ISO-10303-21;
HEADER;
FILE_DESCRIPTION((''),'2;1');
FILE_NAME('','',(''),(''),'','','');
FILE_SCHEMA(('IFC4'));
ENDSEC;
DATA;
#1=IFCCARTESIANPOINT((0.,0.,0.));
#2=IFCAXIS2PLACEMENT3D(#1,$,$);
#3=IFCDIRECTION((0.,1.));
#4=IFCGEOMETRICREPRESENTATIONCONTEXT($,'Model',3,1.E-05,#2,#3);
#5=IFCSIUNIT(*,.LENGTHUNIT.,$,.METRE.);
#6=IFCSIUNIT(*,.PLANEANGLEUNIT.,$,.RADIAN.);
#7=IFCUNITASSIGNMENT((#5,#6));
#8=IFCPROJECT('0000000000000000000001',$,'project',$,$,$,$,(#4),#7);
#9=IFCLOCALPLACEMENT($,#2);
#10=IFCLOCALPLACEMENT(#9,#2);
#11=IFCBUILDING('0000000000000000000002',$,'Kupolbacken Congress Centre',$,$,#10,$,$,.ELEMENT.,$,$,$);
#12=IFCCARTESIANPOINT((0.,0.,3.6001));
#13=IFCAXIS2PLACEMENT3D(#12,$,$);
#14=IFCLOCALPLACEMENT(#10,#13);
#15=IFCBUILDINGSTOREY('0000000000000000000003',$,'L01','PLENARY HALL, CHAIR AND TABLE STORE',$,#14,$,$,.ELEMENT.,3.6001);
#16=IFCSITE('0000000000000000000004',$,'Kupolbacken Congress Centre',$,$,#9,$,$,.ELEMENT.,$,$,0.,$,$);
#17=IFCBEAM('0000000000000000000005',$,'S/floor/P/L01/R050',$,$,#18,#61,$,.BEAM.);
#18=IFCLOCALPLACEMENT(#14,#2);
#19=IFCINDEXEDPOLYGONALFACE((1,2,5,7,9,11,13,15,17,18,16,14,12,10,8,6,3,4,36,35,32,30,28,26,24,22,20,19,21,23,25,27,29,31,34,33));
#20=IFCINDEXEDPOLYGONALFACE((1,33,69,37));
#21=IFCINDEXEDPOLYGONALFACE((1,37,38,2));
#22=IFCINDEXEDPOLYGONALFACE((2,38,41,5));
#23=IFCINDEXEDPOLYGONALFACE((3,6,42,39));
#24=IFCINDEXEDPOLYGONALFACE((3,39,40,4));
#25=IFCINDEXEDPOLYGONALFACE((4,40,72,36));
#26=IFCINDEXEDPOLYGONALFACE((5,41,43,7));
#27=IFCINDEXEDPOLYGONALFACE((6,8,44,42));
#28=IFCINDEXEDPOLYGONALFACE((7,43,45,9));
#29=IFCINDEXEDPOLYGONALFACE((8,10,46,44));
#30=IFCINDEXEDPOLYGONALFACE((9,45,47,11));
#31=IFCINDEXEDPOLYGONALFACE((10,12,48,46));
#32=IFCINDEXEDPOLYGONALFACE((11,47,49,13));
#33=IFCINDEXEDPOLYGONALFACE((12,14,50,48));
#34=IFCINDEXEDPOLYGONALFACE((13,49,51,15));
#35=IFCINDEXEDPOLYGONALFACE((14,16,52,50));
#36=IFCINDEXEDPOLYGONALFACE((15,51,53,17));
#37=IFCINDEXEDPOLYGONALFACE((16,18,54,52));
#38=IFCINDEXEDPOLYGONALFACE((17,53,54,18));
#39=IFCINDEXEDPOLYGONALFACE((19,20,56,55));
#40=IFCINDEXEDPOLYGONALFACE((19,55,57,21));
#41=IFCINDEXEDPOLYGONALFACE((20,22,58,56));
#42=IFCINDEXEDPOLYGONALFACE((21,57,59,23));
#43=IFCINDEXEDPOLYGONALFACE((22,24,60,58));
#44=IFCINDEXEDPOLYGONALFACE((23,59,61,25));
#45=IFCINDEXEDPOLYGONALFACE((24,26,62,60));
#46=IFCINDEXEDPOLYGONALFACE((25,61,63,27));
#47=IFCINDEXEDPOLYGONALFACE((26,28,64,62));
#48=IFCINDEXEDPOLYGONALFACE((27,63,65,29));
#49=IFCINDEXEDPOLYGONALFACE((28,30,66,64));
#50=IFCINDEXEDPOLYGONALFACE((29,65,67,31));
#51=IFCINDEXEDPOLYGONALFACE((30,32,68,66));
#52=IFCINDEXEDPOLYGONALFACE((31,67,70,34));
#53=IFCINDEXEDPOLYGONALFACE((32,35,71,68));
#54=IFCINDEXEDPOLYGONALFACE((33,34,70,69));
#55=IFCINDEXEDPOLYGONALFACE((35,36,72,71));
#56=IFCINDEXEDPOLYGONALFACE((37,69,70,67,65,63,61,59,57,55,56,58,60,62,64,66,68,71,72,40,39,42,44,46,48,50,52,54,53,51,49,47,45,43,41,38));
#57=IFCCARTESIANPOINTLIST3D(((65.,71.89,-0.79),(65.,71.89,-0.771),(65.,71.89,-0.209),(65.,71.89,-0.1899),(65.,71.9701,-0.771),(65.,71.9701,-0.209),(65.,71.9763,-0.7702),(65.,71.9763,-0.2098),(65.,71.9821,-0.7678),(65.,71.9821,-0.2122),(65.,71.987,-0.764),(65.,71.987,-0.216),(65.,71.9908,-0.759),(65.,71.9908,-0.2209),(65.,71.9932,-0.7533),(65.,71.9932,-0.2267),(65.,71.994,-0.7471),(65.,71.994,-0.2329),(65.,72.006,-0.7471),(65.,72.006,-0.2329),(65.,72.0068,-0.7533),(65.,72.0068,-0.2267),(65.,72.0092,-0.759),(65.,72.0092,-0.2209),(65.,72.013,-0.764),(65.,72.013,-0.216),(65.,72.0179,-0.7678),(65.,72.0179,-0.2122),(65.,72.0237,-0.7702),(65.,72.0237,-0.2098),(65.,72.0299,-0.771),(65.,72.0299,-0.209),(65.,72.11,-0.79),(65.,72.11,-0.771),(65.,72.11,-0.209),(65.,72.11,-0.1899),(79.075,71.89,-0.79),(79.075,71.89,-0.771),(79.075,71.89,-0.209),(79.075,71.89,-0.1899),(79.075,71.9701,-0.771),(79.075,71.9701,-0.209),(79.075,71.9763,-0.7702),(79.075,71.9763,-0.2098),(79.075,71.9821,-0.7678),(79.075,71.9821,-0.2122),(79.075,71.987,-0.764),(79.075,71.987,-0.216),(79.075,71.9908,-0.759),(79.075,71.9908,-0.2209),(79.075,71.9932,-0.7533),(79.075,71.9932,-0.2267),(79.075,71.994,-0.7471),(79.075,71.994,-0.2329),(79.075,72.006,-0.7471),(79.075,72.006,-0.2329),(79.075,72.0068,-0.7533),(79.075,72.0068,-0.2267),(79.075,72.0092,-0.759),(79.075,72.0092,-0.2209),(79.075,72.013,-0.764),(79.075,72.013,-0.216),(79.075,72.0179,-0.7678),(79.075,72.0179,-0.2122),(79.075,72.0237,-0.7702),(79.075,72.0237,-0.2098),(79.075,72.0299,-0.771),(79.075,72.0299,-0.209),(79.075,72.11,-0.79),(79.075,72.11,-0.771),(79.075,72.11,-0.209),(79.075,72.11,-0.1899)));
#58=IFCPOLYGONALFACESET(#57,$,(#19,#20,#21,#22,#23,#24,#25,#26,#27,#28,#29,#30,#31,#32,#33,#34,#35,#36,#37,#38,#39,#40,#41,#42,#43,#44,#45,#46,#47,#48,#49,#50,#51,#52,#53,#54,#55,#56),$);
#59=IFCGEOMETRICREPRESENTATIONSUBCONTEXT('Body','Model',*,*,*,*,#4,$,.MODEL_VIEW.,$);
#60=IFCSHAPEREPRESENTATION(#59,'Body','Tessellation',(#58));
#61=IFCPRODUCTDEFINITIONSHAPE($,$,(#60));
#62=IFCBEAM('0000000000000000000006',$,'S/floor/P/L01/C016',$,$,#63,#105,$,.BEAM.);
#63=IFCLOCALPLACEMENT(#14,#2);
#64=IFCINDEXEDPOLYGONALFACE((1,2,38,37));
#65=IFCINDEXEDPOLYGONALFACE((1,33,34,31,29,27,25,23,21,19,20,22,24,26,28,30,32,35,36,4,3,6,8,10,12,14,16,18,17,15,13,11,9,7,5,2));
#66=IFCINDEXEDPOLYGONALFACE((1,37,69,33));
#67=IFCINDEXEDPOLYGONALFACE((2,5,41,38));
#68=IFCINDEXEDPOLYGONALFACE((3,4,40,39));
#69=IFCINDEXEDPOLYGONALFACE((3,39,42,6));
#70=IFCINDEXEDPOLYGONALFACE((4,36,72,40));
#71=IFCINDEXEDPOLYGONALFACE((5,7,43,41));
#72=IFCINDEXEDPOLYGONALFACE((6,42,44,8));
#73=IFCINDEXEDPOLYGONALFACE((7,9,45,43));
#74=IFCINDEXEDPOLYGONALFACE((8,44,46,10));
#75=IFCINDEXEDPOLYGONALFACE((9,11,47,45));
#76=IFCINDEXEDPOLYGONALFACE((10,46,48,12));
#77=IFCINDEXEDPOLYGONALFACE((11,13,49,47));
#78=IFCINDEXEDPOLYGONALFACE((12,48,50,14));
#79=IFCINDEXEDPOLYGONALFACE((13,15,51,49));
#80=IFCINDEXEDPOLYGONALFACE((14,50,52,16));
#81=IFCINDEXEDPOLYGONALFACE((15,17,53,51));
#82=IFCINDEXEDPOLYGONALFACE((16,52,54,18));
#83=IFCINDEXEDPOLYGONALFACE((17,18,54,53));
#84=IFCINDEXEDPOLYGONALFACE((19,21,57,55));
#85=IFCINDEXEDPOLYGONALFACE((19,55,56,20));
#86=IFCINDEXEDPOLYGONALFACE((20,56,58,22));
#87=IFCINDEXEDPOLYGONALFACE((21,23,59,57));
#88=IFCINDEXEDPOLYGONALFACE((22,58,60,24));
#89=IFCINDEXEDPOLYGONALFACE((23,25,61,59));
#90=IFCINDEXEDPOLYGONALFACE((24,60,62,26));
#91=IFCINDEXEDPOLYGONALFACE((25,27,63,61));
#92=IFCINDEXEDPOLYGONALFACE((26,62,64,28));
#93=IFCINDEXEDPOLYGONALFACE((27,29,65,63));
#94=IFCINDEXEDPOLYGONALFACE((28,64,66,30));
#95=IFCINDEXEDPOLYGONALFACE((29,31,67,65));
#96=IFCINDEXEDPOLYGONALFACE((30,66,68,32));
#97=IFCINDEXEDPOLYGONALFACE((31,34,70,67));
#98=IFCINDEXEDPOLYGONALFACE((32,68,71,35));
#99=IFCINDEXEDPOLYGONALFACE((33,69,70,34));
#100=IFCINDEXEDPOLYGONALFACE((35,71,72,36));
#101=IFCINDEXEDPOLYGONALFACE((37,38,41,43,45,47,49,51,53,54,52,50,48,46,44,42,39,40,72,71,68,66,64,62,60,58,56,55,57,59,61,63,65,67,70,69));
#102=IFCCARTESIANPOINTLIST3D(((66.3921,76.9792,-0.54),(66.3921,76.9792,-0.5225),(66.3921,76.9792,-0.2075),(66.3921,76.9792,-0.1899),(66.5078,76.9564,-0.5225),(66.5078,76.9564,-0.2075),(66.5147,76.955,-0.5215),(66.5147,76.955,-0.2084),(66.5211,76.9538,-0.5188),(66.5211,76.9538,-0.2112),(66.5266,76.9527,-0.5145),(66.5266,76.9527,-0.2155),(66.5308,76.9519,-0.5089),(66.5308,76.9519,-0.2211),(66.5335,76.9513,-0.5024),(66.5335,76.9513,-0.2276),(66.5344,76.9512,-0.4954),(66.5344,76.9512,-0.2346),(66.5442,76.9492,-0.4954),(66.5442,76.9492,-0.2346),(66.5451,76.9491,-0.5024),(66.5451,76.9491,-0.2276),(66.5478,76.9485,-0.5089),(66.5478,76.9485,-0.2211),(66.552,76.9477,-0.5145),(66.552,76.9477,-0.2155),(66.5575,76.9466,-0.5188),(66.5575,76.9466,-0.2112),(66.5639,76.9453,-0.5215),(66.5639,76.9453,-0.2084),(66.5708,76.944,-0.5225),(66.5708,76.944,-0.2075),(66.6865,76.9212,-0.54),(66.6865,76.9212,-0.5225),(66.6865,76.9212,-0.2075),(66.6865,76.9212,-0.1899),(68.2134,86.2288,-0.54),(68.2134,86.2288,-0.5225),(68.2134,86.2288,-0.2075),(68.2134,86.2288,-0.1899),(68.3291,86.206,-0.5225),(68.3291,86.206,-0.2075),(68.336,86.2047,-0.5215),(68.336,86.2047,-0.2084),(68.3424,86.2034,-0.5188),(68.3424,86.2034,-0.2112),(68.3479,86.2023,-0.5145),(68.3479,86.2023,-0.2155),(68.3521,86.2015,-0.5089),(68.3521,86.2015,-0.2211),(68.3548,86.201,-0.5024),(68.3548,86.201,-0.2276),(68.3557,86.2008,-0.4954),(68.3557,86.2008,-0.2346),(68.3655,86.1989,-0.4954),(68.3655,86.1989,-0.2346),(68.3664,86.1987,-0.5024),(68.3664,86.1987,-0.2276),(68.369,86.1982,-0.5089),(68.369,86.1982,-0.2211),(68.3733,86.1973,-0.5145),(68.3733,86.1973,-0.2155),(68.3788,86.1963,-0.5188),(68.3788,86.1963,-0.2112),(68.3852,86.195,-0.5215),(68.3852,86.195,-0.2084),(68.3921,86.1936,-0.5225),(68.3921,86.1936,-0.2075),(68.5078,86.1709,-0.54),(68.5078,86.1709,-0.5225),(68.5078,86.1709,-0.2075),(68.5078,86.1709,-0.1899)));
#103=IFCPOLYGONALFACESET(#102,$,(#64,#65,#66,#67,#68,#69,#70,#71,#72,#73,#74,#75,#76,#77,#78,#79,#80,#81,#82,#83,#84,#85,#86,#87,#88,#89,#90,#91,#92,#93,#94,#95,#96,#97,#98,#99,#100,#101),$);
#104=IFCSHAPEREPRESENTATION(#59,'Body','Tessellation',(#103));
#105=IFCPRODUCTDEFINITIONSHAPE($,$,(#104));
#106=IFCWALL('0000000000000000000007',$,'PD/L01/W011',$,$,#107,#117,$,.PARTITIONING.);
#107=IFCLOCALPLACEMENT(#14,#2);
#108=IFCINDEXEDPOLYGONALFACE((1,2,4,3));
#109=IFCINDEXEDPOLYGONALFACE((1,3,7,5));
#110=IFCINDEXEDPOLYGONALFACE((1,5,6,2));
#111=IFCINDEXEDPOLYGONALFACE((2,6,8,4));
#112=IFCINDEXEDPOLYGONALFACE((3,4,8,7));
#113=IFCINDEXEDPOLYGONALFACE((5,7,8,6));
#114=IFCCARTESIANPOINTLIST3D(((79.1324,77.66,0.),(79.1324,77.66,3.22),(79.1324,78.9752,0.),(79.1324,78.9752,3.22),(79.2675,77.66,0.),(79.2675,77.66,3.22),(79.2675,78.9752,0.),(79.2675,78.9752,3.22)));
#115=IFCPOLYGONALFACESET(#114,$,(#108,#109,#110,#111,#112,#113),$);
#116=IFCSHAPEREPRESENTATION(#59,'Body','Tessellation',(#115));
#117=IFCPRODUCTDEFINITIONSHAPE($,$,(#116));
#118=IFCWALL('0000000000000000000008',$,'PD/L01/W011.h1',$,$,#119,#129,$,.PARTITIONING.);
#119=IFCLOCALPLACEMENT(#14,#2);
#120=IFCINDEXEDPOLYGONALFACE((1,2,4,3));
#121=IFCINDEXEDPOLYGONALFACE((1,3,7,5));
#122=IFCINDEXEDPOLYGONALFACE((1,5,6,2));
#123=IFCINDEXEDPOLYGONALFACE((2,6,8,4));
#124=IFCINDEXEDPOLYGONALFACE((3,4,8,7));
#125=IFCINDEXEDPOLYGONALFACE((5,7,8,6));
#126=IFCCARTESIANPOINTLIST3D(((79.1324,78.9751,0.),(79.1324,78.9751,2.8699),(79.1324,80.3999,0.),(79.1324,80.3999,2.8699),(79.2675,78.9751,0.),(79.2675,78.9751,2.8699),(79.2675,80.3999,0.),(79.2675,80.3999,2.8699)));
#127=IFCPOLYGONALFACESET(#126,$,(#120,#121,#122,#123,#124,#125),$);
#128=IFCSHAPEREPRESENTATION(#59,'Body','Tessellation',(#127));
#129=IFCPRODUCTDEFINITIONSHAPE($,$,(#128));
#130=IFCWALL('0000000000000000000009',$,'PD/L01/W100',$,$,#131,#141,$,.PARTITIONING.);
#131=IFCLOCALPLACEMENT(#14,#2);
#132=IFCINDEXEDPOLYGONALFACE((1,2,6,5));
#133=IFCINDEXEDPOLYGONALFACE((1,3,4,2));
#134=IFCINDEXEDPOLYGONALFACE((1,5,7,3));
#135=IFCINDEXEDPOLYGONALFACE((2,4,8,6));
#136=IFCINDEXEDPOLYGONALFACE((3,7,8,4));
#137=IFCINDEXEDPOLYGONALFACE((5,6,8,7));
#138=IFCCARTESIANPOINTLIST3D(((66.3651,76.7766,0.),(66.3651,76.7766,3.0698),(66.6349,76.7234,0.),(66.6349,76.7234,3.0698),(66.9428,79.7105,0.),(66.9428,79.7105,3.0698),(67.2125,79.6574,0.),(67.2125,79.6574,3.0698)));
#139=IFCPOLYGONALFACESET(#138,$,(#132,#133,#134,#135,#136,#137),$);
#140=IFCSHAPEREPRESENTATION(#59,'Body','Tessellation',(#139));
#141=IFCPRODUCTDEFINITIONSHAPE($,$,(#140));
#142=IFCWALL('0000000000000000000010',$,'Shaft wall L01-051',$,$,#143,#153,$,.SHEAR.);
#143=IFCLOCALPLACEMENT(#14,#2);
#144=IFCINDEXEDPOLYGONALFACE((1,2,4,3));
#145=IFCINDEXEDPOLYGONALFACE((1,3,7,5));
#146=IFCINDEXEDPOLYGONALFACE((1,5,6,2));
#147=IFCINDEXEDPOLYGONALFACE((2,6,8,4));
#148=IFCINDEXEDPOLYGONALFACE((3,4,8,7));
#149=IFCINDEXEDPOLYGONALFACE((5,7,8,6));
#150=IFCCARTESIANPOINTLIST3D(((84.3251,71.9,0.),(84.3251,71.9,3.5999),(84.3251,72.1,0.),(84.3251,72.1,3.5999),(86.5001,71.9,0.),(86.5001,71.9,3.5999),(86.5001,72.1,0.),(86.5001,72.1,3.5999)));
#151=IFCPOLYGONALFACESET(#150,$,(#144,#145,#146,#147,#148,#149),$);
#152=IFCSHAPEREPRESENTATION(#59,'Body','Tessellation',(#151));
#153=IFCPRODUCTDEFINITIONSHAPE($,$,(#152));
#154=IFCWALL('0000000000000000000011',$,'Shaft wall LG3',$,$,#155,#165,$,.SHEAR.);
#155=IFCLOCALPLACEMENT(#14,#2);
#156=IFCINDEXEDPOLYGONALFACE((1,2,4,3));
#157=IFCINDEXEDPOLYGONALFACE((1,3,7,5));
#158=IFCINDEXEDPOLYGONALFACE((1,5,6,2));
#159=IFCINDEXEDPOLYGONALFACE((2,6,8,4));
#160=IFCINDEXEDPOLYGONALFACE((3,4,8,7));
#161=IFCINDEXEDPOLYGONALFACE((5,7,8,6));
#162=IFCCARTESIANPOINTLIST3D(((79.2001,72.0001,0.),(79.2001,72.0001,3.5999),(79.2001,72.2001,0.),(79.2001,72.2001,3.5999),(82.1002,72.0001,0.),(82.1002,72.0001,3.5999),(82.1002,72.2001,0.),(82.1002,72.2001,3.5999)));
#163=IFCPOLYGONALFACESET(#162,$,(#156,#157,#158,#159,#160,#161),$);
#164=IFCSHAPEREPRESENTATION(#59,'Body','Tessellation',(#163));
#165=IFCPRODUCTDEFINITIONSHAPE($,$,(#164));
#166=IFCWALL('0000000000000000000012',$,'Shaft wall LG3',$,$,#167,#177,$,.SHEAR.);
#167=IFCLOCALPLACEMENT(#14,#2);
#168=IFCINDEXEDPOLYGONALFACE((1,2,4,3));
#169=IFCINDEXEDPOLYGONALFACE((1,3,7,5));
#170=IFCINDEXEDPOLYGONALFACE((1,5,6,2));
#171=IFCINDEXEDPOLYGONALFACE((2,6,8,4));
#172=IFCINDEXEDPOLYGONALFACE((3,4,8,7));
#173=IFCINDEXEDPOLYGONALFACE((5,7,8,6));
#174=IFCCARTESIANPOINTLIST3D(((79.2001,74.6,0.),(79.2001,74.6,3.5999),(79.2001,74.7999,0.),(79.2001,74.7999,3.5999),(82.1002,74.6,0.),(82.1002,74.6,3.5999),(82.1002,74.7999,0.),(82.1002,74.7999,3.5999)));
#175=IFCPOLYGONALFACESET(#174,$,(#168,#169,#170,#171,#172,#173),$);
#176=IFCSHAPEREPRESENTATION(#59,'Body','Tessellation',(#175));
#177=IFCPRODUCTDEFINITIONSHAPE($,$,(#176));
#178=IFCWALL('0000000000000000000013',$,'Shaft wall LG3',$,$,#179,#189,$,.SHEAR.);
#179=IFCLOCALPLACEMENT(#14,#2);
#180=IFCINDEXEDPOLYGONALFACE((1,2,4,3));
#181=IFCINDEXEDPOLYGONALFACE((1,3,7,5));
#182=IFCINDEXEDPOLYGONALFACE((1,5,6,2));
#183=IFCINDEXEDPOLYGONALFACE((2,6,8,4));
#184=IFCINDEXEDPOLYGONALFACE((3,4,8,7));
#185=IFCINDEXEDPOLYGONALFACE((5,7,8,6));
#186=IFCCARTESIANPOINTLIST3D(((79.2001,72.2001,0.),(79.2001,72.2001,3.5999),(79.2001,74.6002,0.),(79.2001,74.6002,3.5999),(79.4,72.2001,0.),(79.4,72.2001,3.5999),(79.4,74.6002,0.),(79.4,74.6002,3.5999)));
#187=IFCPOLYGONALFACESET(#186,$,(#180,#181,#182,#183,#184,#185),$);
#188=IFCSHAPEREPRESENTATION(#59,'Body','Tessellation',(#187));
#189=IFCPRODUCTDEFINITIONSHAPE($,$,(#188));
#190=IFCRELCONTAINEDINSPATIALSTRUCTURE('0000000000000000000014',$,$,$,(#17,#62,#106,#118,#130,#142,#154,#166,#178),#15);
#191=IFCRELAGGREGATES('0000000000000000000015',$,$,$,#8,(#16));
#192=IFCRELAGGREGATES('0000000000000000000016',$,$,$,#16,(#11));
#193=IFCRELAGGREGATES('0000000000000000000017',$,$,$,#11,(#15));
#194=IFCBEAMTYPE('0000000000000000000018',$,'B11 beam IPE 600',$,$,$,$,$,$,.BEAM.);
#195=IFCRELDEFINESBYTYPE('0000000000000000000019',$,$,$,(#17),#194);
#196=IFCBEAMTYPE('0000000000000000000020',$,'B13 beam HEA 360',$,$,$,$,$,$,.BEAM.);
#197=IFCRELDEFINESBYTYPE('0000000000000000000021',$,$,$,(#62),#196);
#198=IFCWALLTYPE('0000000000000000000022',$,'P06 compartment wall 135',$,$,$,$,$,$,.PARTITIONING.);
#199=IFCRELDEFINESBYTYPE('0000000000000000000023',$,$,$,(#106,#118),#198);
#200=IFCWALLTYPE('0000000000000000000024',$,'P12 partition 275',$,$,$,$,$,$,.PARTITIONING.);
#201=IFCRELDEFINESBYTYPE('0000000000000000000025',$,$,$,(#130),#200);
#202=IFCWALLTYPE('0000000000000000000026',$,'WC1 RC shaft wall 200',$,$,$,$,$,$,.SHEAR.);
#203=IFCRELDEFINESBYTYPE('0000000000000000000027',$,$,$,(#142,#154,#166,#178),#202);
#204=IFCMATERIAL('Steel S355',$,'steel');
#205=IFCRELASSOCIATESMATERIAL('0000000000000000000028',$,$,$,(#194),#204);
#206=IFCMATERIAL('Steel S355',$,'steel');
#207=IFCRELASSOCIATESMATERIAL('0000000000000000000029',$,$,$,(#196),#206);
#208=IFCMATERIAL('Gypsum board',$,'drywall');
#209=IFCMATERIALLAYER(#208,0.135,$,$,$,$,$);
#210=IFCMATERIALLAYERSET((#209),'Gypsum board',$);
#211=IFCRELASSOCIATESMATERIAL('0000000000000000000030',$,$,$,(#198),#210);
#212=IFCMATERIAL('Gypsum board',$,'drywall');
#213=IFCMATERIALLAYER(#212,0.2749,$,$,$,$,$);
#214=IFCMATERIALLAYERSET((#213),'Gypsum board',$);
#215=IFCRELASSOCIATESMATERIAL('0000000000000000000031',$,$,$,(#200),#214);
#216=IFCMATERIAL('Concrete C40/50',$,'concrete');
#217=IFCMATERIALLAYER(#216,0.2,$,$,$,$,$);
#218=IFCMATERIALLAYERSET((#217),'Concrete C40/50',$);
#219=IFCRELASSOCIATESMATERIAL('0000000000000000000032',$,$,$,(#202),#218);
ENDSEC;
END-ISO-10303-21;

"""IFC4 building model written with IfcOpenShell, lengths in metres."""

from ifc_helpers import new_model, si_unit, direction, frame, frame_2d, origin, origin_2d, place, context, subcontext, project, spatial, rectangle, i_section, extrude, material, layer, layer_set, material_profile, profile_set, type_object, element, save


model = new_model("IFC4")

# Units and contexts
model_context = context("Model", 3, precision=1e-05, world=origin(), true_north=direction((0.0, 1.0)))
body_context = subcontext(model_context, "Body", "Model", "MODEL_VIEW")
ifc_project = project(units=[si_unit("LENGTHUNIT", "METRE"), si_unit("PLANEANGLEUNIT", "RADIAN")], contexts=[model_context])

# Site, building, storey
site_placement = place(None, origin())
site = spatial("IfcSite", under=ifc_project, at=site_placement, Name="Kupolbacken Congress Centre", CompositionType="ELEMENT", RefElevation=0.0)
building_placement = place(site_placement, origin())
building = spatial("IfcBuilding", under=site, at=building_placement, Name="Kupolbacken Congress Centre", CompositionType="ELEMENT")
storey_placement = place(building_placement, frame((0.0, 0.0, 3.6001)))
storey = spatial("IfcBuildingStorey", under=building, at=storey_placement, Name="L01", Description="PLENARY HALL, CHAIR AND TABLE STORE", CompositionType="ELEMENT", Elevation=3.6001)

# Beams
ifc_material_1 = material(Name="Steel S355", Category="steel")
ifc_material_profile_1 = material_profile(ifc_material_1, i_section(OverallWidth=0.22, OverallDepth=0.6001, WebThickness=0.012, FlangeThickness=0.019, FilletRadius=0.0239, at=origin_2d()), Name="IPE 600")
ifc_profile_set_1 = profile_set([ifc_material_profile_1], Name="Steel S355")
beam_type_1 = type_object("IfcBeamType", Name="B11 beam IPE 600", PredefinedType="BEAM", material=ifc_profile_set_1)
beam_1_placement = place(storey_placement, frame((65.0, 72.0, -0.49), z_axis=(1.0, 0.0, 0.0), x_axis=(0.0, 1.0, 0.0)))
element("IfcBeam", 1, at=beam_1_placement, inside=storey, type_object=beam_type_1, Name="S/floor/P/L01/R050", PredefinedType="BEAM", context=body_context, shape_type="SweptSolid", body=[
    extrude(i_section(OverallWidth=0.22, OverallDepth=0.6001, WebThickness=0.012, FlangeThickness=0.019, FilletRadius=0.0239, at=origin_2d()), origin(), (0.0, 0.0, 1.0), 14.075),
])
ifc_material_2 = material(Name="Steel S355", Category="steel")
ifc_material_profile_2 = material_profile(ifc_material_2, i_section(OverallWidth=0.3, OverallDepth=0.3501, WebThickness=0.01, FlangeThickness=0.0176, FilletRadius=0.0271, at=origin_2d()), Name="HEA 360")
ifc_profile_set_2 = profile_set([ifc_material_profile_2], Name="Steel S355")
beam_type_2 = type_object("IfcBeamType", Name="B13 beam HEA 360", PredefinedType="BEAM", material=ifc_profile_set_2)
beam_2_placement = place(storey_placement, frame((66.5393, 76.9502, -0.365), z_axis=(0.193192, 0.981161, 0.0), x_axis=(-0.981161, 0.193192, 0.0)))
element("IfcBeam", 2, at=beam_2_placement, inside=storey, type_object=beam_type_2, Name="S/floor/P/L01/C016", PredefinedType="BEAM", context=body_context, shape_type="SweptSolid", body=[
    extrude(i_section(OverallWidth=0.3, OverallDepth=0.3501, WebThickness=0.01, FlangeThickness=0.0176, FilletRadius=0.0271, at=origin_2d()), origin(), (0.0, 0.0, 1.0), 9.4272),
])

# Walls
ifc_material_3 = material(Name="Gypsum board", Category="drywall")
ifc_layer_1 = layer(ifc_material_3, 0.135)
ifc_layer_set_1 = layer_set([ifc_layer_1], Name="Gypsum board")
wall_type_1 = type_object("IfcWallType", Name="P06 compartment wall 135", PredefinedType="PARTITIONING", material=ifc_layer_set_1)
wall_1_placement = place(storey_placement, frame((79.2, 77.6599, 0.0), z_axis=(0.0, 0.0, 1.0), x_axis=(0.0, 1.0, 0.0)))
element("IfcWall", 3, at=wall_1_placement, inside=storey, type_object=wall_type_1, Name="PD/L01/W011", PredefinedType="PARTITIONING", context=body_context, shape_type="SweptSolid", body=[
    extrude(rectangle(XDim=1.3152, YDim=0.135, at=frame_2d((0.6577, 0.0))), origin(), (0.0, 0.0, 1.0), 3.22),
])
wall_2_placement = place(storey_placement, frame((79.2, 78.9751, 0.0), z_axis=(0.0, 0.0, 1.0), x_axis=(0.0, 1.0, 0.0)))
element("IfcWall", 4, at=wall_2_placement, inside=storey, type_object=wall_type_1, Name="PD/L01/W011.h1", PredefinedType="PARTITIONING", context=body_context, shape_type="SweptSolid", body=[
    extrude(rectangle(XDim=1.4248, YDim=0.135, at=frame_2d((0.7124, 0.0))), origin(), (0.0, 0.0, 1.0), 2.8699),
])
ifc_material_4 = material(Name="Gypsum board", Category="drywall")
ifc_layer_2 = layer(ifc_material_4, 0.2749)
ifc_layer_set_2 = layer_set([ifc_layer_2], Name="Gypsum board")
wall_type_2 = type_object("IfcWallType", Name="P12 partition 275", PredefinedType="PARTITIONING", material=ifc_layer_set_2)
wall_3_placement = place(storey_placement, frame((66.5, 76.75, 0.0), z_axis=(0.0, 0.0, 1.0), x_axis=(0.193179, 0.981164, 0.0)))
element("IfcWall", 5, at=wall_3_placement, inside=storey, type_object=wall_type_2, Name="PD/L01/W100", PredefinedType="PARTITIONING", context=body_context, shape_type="SweptSolid", body=[
    extrude(rectangle(XDim=2.9902, YDim=0.2749, at=frame_2d((1.4951, 0.0))), origin(), (0.0, 0.0, 1.0), 3.0698),
])
ifc_material_5 = material(Name="Concrete C40/50", Category="concrete")
ifc_layer_3 = layer(ifc_material_5, 0.2)
ifc_layer_set_3 = layer_set([ifc_layer_3], Name="Concrete C40/50")
wall_type_3 = type_object("IfcWallType", Name="WC1 RC shaft wall 200", PredefinedType="SHEAR", material=ifc_layer_set_3)
wall_4_placement = place(storey_placement, frame((86.5, 72.0, 0.0), z_axis=(0.0, 0.0, 1.0), x_axis=(-1.0, 0.0, 0.0)))
element("IfcWall", 6, at=wall_4_placement, inside=storey, type_object=wall_type_3, Name="Shaft wall L01-051", PredefinedType="SHEAR", context=body_context, shape_type="SweptSolid", body=[
    extrude(rectangle(XDim=2.175, YDim=0.2, at=frame_2d((1.0874, 0.0))), origin(), (0.0, 0.0, 1.0), 3.5999),
])
for number, where, z_axis, x_axis, name in (
    (7, (79.2, 72.1001, 0.0), (0.0, 0.0, 1.0), (1.0, 0.0, 0.0), "Shaft wall LG3"),
    (8, (79.2, 74.7, 0.0), (0.0, 0.0, 1.0), (1.0, 0.0, 0.0), "Shaft wall LG3"),
):
    element("IfcWall", number, at=place(storey_placement, frame(where, z_axis=z_axis, x_axis=x_axis)), inside=storey, type_object=wall_type_3, Name=name, PredefinedType="SHEAR", context=body_context, shape_type="SweptSolid", body=[
        extrude(rectangle(XDim=2.9001, YDim=0.2, at=frame_2d((1.4502, 0.0))), origin(), (0.0, 0.0, 1.0), 3.5999),
    ])
wall_5_placement = place(storey_placement, frame((79.3, 72.2, 0.0), z_axis=(0.0, 0.0, 1.0), x_axis=(0.0, 1.0, 0.0)))
element("IfcWall", 9, at=wall_5_placement, inside=storey, type_object=wall_type_3, Name="Shaft wall LG3", PredefinedType="SHEAR", context=body_context, shape_type="SweptSolid", body=[
    extrude(rectangle(XDim=2.4001, YDim=0.2, at=frame_2d((1.2002, 0.0))), origin(), (0.0, 0.0, 1.0), 3.5999),
])

save(model, "model.ifc")
